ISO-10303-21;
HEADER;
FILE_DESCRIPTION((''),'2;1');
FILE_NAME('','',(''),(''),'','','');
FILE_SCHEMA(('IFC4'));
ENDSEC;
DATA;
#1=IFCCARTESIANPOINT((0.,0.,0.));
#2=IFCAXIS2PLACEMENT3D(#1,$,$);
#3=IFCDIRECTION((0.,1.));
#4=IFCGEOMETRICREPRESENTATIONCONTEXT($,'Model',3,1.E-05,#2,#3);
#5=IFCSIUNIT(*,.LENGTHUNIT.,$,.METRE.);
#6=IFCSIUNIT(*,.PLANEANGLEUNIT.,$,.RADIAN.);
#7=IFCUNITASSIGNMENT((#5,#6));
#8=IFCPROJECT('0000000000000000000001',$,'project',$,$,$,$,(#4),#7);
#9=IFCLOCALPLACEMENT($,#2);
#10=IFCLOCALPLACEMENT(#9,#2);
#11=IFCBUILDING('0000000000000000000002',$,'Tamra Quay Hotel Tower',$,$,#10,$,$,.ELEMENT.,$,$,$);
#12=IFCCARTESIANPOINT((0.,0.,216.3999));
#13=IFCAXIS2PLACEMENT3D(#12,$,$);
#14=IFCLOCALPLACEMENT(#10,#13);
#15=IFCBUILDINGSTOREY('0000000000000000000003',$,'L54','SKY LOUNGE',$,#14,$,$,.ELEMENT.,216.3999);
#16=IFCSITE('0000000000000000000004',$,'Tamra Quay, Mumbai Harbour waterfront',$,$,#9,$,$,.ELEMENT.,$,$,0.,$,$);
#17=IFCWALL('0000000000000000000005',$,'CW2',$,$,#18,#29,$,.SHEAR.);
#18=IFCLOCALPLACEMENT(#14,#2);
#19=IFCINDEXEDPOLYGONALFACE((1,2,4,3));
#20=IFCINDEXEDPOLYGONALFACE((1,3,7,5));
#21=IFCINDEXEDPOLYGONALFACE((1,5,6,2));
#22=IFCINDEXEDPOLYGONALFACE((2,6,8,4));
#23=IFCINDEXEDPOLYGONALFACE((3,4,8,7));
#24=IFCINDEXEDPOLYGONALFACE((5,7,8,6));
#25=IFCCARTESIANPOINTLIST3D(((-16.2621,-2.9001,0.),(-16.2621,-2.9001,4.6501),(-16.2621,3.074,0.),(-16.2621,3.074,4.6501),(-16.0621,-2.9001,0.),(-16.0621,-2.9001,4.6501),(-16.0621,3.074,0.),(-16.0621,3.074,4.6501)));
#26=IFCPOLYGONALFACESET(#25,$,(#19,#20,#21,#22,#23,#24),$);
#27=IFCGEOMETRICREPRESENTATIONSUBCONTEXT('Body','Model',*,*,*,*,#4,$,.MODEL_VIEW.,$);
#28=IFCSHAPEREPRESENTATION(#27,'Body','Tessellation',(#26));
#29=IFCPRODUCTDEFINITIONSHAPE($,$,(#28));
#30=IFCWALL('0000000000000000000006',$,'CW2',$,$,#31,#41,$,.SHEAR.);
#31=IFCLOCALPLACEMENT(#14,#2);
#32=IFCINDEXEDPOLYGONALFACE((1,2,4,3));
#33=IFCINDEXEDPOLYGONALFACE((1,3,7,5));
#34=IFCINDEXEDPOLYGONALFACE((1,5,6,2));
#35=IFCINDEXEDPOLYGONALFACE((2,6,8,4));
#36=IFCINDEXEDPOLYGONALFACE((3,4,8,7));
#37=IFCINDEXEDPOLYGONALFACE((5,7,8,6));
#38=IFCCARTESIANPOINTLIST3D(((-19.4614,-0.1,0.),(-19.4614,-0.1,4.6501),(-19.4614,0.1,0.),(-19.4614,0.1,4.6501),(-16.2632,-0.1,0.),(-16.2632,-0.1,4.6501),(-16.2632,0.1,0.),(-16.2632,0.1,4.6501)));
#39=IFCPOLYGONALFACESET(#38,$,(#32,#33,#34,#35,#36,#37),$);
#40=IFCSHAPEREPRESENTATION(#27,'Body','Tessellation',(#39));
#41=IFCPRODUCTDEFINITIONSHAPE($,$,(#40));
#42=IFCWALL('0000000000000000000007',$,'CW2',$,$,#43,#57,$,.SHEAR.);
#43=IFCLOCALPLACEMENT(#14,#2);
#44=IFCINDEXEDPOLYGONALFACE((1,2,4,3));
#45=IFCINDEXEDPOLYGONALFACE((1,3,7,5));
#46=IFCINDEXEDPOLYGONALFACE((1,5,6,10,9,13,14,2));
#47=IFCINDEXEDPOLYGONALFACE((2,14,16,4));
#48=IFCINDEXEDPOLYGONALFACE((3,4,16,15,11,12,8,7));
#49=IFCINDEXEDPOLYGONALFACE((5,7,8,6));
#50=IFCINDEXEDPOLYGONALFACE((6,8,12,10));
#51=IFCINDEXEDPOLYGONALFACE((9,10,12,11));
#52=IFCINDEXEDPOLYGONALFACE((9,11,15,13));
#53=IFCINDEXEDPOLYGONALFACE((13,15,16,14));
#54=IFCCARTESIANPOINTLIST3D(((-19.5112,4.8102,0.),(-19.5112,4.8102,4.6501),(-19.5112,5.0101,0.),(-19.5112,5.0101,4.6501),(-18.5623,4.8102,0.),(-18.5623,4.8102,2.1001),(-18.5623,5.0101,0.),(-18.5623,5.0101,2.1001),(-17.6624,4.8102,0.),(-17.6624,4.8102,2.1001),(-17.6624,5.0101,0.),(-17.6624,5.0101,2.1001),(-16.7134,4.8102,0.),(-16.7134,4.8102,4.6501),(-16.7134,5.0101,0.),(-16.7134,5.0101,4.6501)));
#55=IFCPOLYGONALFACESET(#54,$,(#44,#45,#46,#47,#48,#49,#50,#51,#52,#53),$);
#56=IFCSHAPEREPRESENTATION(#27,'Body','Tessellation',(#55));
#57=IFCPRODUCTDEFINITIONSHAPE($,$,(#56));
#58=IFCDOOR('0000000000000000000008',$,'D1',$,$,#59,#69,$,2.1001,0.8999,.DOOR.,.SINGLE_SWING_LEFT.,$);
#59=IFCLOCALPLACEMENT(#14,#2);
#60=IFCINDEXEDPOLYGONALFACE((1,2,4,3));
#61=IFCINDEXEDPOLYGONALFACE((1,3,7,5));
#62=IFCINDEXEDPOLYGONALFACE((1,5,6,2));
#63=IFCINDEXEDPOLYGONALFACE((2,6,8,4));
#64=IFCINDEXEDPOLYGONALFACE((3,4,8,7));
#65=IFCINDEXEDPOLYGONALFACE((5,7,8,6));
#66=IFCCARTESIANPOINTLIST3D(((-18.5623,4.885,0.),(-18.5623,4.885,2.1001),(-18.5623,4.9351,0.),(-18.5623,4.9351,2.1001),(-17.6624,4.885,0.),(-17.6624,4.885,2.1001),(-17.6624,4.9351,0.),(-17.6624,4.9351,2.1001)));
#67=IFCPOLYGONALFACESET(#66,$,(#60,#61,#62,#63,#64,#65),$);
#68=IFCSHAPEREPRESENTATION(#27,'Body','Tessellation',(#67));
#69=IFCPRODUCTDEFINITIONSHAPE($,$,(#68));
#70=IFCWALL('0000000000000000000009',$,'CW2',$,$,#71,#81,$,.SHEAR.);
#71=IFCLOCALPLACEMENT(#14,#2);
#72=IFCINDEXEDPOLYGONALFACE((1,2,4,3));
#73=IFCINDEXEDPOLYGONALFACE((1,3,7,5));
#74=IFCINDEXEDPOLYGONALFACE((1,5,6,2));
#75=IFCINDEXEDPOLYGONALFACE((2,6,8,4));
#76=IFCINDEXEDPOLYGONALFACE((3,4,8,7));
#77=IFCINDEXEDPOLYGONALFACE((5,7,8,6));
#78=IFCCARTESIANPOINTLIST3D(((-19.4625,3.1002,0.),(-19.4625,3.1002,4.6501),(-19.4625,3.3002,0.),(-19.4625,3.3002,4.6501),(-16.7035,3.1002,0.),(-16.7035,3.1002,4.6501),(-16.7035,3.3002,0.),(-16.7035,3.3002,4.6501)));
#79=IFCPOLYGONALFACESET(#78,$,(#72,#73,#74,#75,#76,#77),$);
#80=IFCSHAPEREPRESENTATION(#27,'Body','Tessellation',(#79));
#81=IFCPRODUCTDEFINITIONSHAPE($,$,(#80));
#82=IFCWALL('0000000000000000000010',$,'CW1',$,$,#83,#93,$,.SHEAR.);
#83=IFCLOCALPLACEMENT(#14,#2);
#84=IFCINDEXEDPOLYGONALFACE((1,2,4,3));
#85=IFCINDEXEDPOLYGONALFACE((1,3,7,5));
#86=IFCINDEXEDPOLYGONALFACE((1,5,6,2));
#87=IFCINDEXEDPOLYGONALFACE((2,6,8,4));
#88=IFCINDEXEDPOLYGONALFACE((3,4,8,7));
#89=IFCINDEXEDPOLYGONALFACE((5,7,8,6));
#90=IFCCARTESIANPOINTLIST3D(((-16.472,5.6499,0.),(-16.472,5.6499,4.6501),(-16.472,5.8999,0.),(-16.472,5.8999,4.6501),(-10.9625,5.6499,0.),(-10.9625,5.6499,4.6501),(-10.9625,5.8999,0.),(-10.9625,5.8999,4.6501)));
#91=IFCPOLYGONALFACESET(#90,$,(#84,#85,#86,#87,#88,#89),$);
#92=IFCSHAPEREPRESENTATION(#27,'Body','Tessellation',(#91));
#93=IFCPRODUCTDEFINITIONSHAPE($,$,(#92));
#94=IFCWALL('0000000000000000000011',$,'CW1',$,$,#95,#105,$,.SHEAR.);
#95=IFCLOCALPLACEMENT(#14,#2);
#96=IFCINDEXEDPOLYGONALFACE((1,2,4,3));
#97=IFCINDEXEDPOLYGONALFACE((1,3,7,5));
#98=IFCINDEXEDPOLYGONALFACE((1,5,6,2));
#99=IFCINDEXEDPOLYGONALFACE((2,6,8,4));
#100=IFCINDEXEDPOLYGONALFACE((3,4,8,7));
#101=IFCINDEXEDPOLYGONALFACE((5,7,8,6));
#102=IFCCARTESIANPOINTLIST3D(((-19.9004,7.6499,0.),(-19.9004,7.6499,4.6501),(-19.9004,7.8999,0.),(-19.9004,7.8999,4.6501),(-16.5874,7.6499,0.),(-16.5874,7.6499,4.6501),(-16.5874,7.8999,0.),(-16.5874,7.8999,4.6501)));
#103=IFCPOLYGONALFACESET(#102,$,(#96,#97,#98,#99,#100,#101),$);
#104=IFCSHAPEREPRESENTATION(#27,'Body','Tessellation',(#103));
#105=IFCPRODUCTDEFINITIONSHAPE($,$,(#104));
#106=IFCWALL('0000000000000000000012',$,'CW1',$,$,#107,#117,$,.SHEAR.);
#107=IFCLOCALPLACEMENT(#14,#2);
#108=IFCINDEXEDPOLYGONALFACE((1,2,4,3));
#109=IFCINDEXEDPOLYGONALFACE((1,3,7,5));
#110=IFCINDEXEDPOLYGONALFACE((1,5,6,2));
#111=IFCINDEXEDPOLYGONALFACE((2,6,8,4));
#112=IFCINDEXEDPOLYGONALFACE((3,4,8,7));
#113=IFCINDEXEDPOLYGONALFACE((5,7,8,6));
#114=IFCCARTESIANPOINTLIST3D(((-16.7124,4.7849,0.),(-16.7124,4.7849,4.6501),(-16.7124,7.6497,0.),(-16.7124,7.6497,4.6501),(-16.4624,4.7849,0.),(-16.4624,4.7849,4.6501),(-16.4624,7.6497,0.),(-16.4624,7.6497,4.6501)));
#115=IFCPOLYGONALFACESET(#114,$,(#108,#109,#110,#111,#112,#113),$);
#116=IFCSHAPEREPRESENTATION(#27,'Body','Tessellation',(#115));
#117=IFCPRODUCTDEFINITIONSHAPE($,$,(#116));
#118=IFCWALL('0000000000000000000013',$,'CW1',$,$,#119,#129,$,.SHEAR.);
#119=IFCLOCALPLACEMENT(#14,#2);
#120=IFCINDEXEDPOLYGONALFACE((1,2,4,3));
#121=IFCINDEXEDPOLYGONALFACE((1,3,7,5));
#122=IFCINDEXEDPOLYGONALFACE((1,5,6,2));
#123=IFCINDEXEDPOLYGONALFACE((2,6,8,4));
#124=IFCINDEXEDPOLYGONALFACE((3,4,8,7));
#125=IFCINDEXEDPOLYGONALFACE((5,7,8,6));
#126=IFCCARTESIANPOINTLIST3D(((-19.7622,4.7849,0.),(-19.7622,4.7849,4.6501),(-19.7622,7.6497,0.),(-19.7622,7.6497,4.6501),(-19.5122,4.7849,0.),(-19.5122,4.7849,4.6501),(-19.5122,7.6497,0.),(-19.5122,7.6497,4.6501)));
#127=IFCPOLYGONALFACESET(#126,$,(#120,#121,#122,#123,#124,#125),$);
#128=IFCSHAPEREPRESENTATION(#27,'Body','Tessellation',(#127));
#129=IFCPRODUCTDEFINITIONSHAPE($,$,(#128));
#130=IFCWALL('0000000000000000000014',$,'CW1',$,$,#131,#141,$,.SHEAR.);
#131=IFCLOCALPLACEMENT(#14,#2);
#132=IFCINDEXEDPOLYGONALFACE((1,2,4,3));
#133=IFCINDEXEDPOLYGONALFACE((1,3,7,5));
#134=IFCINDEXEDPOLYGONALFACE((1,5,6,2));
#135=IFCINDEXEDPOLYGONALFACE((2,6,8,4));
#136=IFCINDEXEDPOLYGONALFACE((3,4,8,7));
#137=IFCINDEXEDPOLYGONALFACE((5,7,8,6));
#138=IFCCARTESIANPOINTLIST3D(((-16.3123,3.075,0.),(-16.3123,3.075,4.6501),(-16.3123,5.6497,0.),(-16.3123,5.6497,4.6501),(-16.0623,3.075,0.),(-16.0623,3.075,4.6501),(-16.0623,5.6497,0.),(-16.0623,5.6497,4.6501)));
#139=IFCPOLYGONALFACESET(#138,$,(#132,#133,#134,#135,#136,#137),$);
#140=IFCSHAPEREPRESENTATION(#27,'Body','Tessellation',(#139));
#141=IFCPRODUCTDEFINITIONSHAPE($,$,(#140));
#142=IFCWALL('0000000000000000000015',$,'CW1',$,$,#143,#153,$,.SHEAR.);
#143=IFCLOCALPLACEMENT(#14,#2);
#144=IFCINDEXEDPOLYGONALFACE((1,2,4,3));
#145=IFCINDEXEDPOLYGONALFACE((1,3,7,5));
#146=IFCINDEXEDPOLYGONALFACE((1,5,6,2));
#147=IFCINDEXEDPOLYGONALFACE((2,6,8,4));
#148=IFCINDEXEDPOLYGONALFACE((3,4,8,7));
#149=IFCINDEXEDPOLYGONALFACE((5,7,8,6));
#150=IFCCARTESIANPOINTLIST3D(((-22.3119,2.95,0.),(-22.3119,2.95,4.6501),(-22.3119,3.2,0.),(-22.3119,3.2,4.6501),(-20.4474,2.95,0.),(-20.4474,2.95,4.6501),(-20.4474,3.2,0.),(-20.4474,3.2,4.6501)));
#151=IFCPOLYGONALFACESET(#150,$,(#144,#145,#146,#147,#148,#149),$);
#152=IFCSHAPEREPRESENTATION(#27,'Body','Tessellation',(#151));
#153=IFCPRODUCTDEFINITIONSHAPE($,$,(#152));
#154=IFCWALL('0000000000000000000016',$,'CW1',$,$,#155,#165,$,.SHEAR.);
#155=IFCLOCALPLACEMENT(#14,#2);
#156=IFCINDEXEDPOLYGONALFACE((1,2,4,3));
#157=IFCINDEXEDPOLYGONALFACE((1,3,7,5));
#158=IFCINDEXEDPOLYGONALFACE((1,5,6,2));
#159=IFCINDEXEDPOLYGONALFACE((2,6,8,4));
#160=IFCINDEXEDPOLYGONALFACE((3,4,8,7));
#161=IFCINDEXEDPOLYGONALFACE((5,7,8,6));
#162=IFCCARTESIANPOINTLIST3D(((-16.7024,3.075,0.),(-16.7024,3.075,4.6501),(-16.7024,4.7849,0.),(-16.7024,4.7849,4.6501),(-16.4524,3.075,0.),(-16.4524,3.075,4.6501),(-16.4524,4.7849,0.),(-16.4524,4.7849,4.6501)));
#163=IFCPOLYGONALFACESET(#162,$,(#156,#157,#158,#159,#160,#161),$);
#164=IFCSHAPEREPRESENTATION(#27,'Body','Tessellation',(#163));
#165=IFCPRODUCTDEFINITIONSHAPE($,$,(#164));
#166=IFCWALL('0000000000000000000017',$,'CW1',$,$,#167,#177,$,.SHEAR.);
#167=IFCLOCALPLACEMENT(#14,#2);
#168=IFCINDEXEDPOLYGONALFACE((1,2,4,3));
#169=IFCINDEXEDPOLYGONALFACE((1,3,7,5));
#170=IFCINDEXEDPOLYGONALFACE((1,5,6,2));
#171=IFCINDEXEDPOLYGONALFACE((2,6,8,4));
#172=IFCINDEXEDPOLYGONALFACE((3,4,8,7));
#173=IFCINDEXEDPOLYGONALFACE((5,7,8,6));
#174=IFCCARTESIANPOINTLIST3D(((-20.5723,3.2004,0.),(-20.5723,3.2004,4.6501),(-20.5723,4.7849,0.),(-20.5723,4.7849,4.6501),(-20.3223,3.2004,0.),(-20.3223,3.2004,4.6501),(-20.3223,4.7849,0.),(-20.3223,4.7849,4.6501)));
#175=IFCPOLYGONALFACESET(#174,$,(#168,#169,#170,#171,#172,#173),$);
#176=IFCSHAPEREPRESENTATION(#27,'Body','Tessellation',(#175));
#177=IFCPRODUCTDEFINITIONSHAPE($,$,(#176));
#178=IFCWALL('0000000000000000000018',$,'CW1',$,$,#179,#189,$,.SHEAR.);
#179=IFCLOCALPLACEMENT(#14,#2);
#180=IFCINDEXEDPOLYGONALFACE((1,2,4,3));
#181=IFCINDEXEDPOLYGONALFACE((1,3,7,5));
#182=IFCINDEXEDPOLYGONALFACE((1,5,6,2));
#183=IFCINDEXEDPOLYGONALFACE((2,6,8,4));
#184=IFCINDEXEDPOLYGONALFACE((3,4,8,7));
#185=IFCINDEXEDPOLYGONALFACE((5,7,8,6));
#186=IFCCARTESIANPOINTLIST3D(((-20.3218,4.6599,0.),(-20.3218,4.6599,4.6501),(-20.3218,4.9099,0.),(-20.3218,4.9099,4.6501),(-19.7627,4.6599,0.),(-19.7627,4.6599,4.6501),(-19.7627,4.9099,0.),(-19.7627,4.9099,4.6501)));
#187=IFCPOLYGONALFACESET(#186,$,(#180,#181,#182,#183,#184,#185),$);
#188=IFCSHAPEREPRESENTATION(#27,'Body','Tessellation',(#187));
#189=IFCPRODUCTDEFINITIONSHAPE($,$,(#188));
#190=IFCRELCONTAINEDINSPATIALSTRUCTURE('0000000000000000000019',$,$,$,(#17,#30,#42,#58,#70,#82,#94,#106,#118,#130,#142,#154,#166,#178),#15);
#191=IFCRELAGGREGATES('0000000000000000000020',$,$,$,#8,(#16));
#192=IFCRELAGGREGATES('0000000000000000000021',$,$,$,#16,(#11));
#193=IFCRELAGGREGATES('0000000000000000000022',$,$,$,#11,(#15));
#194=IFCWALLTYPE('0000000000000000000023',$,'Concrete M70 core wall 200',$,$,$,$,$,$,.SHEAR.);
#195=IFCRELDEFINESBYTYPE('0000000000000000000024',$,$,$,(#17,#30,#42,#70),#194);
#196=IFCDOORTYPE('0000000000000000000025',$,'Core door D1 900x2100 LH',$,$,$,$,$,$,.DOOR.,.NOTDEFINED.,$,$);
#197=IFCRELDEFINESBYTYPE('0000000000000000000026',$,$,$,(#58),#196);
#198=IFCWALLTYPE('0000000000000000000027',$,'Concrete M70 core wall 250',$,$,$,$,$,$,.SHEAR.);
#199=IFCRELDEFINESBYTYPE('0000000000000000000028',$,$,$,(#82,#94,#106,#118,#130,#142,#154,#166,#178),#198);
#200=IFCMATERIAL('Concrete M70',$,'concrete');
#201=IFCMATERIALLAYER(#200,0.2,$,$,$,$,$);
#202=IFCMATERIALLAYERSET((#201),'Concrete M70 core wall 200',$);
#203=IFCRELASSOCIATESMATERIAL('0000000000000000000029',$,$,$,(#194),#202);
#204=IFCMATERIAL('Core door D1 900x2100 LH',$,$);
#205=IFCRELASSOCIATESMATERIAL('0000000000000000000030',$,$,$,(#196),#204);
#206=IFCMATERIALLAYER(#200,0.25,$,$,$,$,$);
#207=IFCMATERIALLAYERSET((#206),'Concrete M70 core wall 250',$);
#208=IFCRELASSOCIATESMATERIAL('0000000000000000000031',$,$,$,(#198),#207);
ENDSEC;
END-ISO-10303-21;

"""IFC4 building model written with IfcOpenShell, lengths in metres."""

from ifc_helpers import new_model, si_unit, direction, frame, frame_2d, origin, place, context, subcontext, project, spatial, rectangle, extrude, material, layer, layer_set, type_object, element, fill, save


model = new_model("IFC4")

# Units and contexts
model_context = context("Model", 3, precision=1e-05, world=origin(), true_north=direction((0.0, 1.0)))
body_context = subcontext(model_context, "Body", "Model", "MODEL_VIEW")
ifc_project = project(units=[si_unit("LENGTHUNIT", "METRE"), si_unit("PLANEANGLEUNIT", "RADIAN")], contexts=[model_context])

# Site, building, storey
site_placement = place(None, origin())
site = spatial("IfcSite", under=ifc_project, at=site_placement, Name="Tamra Quay, Mumbai Harbour waterfront", CompositionType="ELEMENT", RefElevation=0.0)
building_placement = place(site_placement, origin())
building = spatial("IfcBuilding", under=site, at=building_placement, Name="Tamra Quay Hotel Tower", CompositionType="ELEMENT")
storey_placement = place(building_placement, frame((0.0, 0.0, 216.3999)))
storey = spatial("IfcBuildingStorey", under=building, at=storey_placement, Name="L54", Description="SKY LOUNGE", CompositionType="ELEMENT", Elevation=216.3999)

# Shared definitions
ifc_material_1 = material(Name="Concrete M70", Category="concrete")

# Walls
ifc_layer_1 = layer(ifc_material_1, 0.2)
ifc_layer_set_1 = layer_set([ifc_layer_1], Name="Concrete M70 core wall 200")
wall_type_1 = type_object("IfcWallType", Name="Concrete M70 core wall 200", PredefinedType="SHEAR", material=ifc_layer_set_1)
wall_1_placement = place(storey_placement, frame((-16.1621, 3.074, 0.0), z_axis=(0.0, 0.0, 1.0), x_axis=(0.0, -1.0, 0.0)))
element("IfcWall", 1, at=wall_1_placement, inside=storey, type_object=wall_type_1, Name="CW2", PredefinedType="SHEAR", context=body_context, shape_type="SweptSolid", body=[
    extrude(rectangle(XDim=5.9741, YDim=0.2, at=frame_2d((2.9871, 0.0))), origin(), (0.0, 0.0, 1.0), 4.6501),
])
wall_2_placement = place(storey_placement, frame((-16.2632, 0.0, 0.0), z_axis=(0.0, 0.0, 1.0), x_axis=(-1.0, 0.0, 0.0)))
element("IfcWall", 2, at=wall_2_placement, inside=storey, type_object=wall_type_1, Name="CW2", PredefinedType="SHEAR", context=body_context, shape_type="SweptSolid", body=[
    extrude(rectangle(XDim=3.1982, YDim=0.2, at=frame_2d((1.5991, 0.0))), origin(), (0.0, 0.0, 1.0), 4.6501),
])

# Wall, opening, door
wall_3_placement = place(storey_placement, frame((-19.5112, 4.9102, 0.0), z_axis=(0.0, 0.0, 1.0), x_axis=(1.0, 0.0, 0.0)))
wall_3 = element("IfcWall", 3, at=wall_3_placement, inside=storey, type_object=wall_type_1, Name="CW2", PredefinedType="SHEAR", context=body_context, shape_type="SweptSolid", body=[
    extrude(rectangle(XDim=2.7979, YDim=0.2, at=frame_2d((1.3989, 0.0))), origin(), (0.0, 0.0, 1.0), 4.6501),
])
opening_placement = place(wall_3_placement, frame((0.949, 0.0, 0.0)))
opening = element("IfcOpeningElement", 4, at=opening_placement, cuts=wall_3, PredefinedType="OPENING", context=body_context, shape_type="SweptSolid", body=[
    extrude(rectangle(XDim=0.8999, YDim=2.1001, at=frame_2d((0.45, 1.05))), frame((0.0, 0.1099, 0.0), z_axis=(0.0, -1.0, 0.0), x_axis=(1.0, 0.0, 0.0)), (0.0, 0.0, 1.0), 0.22),
])
ifc_material_2 = material(Name="Core door D1 900x2100 LH")
door_type = type_object("IfcDoorType", Name="Core door D1 900x2100 LH", OperationType="NOTDEFINED", PredefinedType="DOOR", material=ifc_material_2)
door_placement = place(opening_placement, origin())
door = element("IfcDoor", 5, at=door_placement, inside=storey, type_object=door_type, Name="D1", OperationType="SINGLE_SWING_LEFT", OverallHeight=2.1001, OverallWidth=0.8999, PredefinedType="DOOR", context=body_context, shape_type="SweptSolid", body=[
    extrude(rectangle(XDim=0.8999, YDim=2.1001, at=frame_2d((0.45, 1.05))), frame((0.0, 0.0249, 0.0), z_axis=(0.0, -1.0, 0.0), x_axis=(1.0, 0.0, 0.0)), (0.0, 0.0, 1.0), 0.05),
])
fill(opening, door)

# Walls
wall_4_placement = place(storey_placement, frame((-19.4624, 3.2002, 0.0), z_axis=(0.0, 0.0, 1.0), x_axis=(1.0, 0.0, 0.0)))
element("IfcWall", 6, at=wall_4_placement, inside=storey, type_object=wall_type_1, Name="CW2", PredefinedType="SHEAR", context=body_context, shape_type="SweptSolid", body=[
    extrude(rectangle(XDim=2.759, YDim=0.2, at=frame_2d((1.3794, 0.0))), origin(), (0.0, 0.0, 1.0), 4.6501),
])
ifc_layer_2 = layer(ifc_material_1, 0.25)
ifc_layer_set_2 = layer_set([ifc_layer_2], Name="Concrete M70 core wall 250")
wall_type_2 = type_object("IfcWallType", Name="Concrete M70 core wall 250", PredefinedType="SHEAR", material=ifc_layer_set_2)
wall_5_placement = place(storey_placement, frame((-16.4722, 5.7749, 0.0), z_axis=(0.0, 0.0, 1.0), x_axis=(1.0, 0.0, 0.0)))
element("IfcWall", 7, at=wall_5_placement, inside=storey, type_object=wall_type_2, Name="CW1", PredefinedType="SHEAR", context=body_context, shape_type="SweptSolid", body=[
    extrude(rectangle(XDim=5.5095, YDim=0.25, at=frame_2d((2.7549, 0.0))), origin(), (0.0, 0.0, 1.0), 4.6501),
])
wall_6_placement = place(storey_placement, frame((-19.9004, 7.7749, 0.0), z_axis=(0.0, 0.0, 1.0), x_axis=(1.0, 0.0, 0.0)))
element("IfcWall", 8, at=wall_6_placement, inside=storey, type_object=wall_type_2, Name="CW1", PredefinedType="SHEAR", context=body_context, shape_type="SweptSolid", body=[
    extrude(rectangle(XDim=3.313, YDim=0.25, at=frame_2d((1.6565, 0.0))), origin(), (0.0, 0.0, 1.0), 4.6501),
])
for number, where, z_axis, x_axis, name in (
    (9, (-16.5874, 7.6497, 0.0), (0.0, 0.0, 1.0), (0.0, -1.0, 0.0), "CW1"),
    (10, (-19.6372, 4.7849, 0.0), (0.0, 0.0, 1.0), (0.0, 1.0, 0.0), "CW1"),
):
    element("IfcWall", number, at=place(storey_placement, frame(where, z_axis=z_axis, x_axis=x_axis)), inside=storey, type_object=wall_type_2, Name=name, PredefinedType="SHEAR", context=body_context, shape_type="SweptSolid", body=[
        extrude(rectangle(XDim=2.8647, YDim=0.25, at=frame_2d((1.4324, 0.0))), origin(), (0.0, 0.0, 1.0), 4.6501),
    ])
wall_7_placement = place(storey_placement, frame((-16.1873, 3.075, 0.0), z_axis=(0.0, 0.0, 1.0), x_axis=(0.0, 1.0, 0.0)))
element("IfcWall", 11, at=wall_7_placement, inside=storey, type_object=wall_type_2, Name="CW1", PredefinedType="SHEAR", context=body_context, shape_type="SweptSolid", body=[
    extrude(rectangle(XDim=2.5747, YDim=0.25, at=frame_2d((1.2874, 0.0))), origin(), (0.0, 0.0, 1.0), 4.6501),
])
wall_8_placement = place(storey_placement, frame((-22.3118, 3.075, 0.0), z_axis=(0.0, 0.0, 1.0), x_axis=(1.0, 0.0, 0.0)))
element("IfcWall", 12, at=wall_8_placement, inside=storey, type_object=wall_type_2, Name="CW1", PredefinedType="SHEAR", context=body_context, shape_type="SweptSolid", body=[
    extrude(rectangle(XDim=1.8645, YDim=0.25, at=frame_2d((0.9321, 0.0))), origin(), (0.0, 0.0, 1.0), 4.6501),
])
wall_9_placement = place(storey_placement, frame((-16.5774, 4.7849, 0.0), z_axis=(0.0, 0.0, 1.0), x_axis=(0.0, -1.0, 0.0)))
element("IfcWall", 13, at=wall_9_placement, inside=storey, type_object=wall_type_2, Name="CW1", PredefinedType="SHEAR", context=body_context, shape_type="SweptSolid", body=[
    extrude(rectangle(XDim=1.71, YDim=0.25, at=frame_2d((0.855, 0.0))), origin(), (0.0, 0.0, 1.0), 4.6501),
])
wall_10_placement = place(storey_placement, frame((-20.4473, 3.2004, 0.0), z_axis=(0.0, 0.0, 1.0), x_axis=(0.0, 1.0, 0.0)))
element("IfcWall", 14, at=wall_10_placement, inside=storey, type_object=wall_type_2, Name="CW1", PredefinedType="SHEAR", context=body_context, shape_type="SweptSolid", body=[
    extrude(rectangle(XDim=1.5845, YDim=0.25, at=frame_2d((0.7922, 0.0))), origin(), (0.0, 0.0, 1.0), 4.6501),
])
wall_11_placement = place(storey_placement, frame((-20.3218, 4.7849, 0.0), z_axis=(0.0, 0.0, 1.0), x_axis=(1.0, 0.0, 0.0)))
element("IfcWall", 15, at=wall_11_placement, inside=storey, type_object=wall_type_2, Name="CW1", PredefinedType="SHEAR", context=body_context, shape_type="SweptSolid", body=[
    extrude(rectangle(XDim=0.5591, YDim=0.25, at=frame_2d((0.2795, 0.0))), origin(), (0.0, 0.0, 1.0), 4.6501),
])

save(model, "model.ifc")
